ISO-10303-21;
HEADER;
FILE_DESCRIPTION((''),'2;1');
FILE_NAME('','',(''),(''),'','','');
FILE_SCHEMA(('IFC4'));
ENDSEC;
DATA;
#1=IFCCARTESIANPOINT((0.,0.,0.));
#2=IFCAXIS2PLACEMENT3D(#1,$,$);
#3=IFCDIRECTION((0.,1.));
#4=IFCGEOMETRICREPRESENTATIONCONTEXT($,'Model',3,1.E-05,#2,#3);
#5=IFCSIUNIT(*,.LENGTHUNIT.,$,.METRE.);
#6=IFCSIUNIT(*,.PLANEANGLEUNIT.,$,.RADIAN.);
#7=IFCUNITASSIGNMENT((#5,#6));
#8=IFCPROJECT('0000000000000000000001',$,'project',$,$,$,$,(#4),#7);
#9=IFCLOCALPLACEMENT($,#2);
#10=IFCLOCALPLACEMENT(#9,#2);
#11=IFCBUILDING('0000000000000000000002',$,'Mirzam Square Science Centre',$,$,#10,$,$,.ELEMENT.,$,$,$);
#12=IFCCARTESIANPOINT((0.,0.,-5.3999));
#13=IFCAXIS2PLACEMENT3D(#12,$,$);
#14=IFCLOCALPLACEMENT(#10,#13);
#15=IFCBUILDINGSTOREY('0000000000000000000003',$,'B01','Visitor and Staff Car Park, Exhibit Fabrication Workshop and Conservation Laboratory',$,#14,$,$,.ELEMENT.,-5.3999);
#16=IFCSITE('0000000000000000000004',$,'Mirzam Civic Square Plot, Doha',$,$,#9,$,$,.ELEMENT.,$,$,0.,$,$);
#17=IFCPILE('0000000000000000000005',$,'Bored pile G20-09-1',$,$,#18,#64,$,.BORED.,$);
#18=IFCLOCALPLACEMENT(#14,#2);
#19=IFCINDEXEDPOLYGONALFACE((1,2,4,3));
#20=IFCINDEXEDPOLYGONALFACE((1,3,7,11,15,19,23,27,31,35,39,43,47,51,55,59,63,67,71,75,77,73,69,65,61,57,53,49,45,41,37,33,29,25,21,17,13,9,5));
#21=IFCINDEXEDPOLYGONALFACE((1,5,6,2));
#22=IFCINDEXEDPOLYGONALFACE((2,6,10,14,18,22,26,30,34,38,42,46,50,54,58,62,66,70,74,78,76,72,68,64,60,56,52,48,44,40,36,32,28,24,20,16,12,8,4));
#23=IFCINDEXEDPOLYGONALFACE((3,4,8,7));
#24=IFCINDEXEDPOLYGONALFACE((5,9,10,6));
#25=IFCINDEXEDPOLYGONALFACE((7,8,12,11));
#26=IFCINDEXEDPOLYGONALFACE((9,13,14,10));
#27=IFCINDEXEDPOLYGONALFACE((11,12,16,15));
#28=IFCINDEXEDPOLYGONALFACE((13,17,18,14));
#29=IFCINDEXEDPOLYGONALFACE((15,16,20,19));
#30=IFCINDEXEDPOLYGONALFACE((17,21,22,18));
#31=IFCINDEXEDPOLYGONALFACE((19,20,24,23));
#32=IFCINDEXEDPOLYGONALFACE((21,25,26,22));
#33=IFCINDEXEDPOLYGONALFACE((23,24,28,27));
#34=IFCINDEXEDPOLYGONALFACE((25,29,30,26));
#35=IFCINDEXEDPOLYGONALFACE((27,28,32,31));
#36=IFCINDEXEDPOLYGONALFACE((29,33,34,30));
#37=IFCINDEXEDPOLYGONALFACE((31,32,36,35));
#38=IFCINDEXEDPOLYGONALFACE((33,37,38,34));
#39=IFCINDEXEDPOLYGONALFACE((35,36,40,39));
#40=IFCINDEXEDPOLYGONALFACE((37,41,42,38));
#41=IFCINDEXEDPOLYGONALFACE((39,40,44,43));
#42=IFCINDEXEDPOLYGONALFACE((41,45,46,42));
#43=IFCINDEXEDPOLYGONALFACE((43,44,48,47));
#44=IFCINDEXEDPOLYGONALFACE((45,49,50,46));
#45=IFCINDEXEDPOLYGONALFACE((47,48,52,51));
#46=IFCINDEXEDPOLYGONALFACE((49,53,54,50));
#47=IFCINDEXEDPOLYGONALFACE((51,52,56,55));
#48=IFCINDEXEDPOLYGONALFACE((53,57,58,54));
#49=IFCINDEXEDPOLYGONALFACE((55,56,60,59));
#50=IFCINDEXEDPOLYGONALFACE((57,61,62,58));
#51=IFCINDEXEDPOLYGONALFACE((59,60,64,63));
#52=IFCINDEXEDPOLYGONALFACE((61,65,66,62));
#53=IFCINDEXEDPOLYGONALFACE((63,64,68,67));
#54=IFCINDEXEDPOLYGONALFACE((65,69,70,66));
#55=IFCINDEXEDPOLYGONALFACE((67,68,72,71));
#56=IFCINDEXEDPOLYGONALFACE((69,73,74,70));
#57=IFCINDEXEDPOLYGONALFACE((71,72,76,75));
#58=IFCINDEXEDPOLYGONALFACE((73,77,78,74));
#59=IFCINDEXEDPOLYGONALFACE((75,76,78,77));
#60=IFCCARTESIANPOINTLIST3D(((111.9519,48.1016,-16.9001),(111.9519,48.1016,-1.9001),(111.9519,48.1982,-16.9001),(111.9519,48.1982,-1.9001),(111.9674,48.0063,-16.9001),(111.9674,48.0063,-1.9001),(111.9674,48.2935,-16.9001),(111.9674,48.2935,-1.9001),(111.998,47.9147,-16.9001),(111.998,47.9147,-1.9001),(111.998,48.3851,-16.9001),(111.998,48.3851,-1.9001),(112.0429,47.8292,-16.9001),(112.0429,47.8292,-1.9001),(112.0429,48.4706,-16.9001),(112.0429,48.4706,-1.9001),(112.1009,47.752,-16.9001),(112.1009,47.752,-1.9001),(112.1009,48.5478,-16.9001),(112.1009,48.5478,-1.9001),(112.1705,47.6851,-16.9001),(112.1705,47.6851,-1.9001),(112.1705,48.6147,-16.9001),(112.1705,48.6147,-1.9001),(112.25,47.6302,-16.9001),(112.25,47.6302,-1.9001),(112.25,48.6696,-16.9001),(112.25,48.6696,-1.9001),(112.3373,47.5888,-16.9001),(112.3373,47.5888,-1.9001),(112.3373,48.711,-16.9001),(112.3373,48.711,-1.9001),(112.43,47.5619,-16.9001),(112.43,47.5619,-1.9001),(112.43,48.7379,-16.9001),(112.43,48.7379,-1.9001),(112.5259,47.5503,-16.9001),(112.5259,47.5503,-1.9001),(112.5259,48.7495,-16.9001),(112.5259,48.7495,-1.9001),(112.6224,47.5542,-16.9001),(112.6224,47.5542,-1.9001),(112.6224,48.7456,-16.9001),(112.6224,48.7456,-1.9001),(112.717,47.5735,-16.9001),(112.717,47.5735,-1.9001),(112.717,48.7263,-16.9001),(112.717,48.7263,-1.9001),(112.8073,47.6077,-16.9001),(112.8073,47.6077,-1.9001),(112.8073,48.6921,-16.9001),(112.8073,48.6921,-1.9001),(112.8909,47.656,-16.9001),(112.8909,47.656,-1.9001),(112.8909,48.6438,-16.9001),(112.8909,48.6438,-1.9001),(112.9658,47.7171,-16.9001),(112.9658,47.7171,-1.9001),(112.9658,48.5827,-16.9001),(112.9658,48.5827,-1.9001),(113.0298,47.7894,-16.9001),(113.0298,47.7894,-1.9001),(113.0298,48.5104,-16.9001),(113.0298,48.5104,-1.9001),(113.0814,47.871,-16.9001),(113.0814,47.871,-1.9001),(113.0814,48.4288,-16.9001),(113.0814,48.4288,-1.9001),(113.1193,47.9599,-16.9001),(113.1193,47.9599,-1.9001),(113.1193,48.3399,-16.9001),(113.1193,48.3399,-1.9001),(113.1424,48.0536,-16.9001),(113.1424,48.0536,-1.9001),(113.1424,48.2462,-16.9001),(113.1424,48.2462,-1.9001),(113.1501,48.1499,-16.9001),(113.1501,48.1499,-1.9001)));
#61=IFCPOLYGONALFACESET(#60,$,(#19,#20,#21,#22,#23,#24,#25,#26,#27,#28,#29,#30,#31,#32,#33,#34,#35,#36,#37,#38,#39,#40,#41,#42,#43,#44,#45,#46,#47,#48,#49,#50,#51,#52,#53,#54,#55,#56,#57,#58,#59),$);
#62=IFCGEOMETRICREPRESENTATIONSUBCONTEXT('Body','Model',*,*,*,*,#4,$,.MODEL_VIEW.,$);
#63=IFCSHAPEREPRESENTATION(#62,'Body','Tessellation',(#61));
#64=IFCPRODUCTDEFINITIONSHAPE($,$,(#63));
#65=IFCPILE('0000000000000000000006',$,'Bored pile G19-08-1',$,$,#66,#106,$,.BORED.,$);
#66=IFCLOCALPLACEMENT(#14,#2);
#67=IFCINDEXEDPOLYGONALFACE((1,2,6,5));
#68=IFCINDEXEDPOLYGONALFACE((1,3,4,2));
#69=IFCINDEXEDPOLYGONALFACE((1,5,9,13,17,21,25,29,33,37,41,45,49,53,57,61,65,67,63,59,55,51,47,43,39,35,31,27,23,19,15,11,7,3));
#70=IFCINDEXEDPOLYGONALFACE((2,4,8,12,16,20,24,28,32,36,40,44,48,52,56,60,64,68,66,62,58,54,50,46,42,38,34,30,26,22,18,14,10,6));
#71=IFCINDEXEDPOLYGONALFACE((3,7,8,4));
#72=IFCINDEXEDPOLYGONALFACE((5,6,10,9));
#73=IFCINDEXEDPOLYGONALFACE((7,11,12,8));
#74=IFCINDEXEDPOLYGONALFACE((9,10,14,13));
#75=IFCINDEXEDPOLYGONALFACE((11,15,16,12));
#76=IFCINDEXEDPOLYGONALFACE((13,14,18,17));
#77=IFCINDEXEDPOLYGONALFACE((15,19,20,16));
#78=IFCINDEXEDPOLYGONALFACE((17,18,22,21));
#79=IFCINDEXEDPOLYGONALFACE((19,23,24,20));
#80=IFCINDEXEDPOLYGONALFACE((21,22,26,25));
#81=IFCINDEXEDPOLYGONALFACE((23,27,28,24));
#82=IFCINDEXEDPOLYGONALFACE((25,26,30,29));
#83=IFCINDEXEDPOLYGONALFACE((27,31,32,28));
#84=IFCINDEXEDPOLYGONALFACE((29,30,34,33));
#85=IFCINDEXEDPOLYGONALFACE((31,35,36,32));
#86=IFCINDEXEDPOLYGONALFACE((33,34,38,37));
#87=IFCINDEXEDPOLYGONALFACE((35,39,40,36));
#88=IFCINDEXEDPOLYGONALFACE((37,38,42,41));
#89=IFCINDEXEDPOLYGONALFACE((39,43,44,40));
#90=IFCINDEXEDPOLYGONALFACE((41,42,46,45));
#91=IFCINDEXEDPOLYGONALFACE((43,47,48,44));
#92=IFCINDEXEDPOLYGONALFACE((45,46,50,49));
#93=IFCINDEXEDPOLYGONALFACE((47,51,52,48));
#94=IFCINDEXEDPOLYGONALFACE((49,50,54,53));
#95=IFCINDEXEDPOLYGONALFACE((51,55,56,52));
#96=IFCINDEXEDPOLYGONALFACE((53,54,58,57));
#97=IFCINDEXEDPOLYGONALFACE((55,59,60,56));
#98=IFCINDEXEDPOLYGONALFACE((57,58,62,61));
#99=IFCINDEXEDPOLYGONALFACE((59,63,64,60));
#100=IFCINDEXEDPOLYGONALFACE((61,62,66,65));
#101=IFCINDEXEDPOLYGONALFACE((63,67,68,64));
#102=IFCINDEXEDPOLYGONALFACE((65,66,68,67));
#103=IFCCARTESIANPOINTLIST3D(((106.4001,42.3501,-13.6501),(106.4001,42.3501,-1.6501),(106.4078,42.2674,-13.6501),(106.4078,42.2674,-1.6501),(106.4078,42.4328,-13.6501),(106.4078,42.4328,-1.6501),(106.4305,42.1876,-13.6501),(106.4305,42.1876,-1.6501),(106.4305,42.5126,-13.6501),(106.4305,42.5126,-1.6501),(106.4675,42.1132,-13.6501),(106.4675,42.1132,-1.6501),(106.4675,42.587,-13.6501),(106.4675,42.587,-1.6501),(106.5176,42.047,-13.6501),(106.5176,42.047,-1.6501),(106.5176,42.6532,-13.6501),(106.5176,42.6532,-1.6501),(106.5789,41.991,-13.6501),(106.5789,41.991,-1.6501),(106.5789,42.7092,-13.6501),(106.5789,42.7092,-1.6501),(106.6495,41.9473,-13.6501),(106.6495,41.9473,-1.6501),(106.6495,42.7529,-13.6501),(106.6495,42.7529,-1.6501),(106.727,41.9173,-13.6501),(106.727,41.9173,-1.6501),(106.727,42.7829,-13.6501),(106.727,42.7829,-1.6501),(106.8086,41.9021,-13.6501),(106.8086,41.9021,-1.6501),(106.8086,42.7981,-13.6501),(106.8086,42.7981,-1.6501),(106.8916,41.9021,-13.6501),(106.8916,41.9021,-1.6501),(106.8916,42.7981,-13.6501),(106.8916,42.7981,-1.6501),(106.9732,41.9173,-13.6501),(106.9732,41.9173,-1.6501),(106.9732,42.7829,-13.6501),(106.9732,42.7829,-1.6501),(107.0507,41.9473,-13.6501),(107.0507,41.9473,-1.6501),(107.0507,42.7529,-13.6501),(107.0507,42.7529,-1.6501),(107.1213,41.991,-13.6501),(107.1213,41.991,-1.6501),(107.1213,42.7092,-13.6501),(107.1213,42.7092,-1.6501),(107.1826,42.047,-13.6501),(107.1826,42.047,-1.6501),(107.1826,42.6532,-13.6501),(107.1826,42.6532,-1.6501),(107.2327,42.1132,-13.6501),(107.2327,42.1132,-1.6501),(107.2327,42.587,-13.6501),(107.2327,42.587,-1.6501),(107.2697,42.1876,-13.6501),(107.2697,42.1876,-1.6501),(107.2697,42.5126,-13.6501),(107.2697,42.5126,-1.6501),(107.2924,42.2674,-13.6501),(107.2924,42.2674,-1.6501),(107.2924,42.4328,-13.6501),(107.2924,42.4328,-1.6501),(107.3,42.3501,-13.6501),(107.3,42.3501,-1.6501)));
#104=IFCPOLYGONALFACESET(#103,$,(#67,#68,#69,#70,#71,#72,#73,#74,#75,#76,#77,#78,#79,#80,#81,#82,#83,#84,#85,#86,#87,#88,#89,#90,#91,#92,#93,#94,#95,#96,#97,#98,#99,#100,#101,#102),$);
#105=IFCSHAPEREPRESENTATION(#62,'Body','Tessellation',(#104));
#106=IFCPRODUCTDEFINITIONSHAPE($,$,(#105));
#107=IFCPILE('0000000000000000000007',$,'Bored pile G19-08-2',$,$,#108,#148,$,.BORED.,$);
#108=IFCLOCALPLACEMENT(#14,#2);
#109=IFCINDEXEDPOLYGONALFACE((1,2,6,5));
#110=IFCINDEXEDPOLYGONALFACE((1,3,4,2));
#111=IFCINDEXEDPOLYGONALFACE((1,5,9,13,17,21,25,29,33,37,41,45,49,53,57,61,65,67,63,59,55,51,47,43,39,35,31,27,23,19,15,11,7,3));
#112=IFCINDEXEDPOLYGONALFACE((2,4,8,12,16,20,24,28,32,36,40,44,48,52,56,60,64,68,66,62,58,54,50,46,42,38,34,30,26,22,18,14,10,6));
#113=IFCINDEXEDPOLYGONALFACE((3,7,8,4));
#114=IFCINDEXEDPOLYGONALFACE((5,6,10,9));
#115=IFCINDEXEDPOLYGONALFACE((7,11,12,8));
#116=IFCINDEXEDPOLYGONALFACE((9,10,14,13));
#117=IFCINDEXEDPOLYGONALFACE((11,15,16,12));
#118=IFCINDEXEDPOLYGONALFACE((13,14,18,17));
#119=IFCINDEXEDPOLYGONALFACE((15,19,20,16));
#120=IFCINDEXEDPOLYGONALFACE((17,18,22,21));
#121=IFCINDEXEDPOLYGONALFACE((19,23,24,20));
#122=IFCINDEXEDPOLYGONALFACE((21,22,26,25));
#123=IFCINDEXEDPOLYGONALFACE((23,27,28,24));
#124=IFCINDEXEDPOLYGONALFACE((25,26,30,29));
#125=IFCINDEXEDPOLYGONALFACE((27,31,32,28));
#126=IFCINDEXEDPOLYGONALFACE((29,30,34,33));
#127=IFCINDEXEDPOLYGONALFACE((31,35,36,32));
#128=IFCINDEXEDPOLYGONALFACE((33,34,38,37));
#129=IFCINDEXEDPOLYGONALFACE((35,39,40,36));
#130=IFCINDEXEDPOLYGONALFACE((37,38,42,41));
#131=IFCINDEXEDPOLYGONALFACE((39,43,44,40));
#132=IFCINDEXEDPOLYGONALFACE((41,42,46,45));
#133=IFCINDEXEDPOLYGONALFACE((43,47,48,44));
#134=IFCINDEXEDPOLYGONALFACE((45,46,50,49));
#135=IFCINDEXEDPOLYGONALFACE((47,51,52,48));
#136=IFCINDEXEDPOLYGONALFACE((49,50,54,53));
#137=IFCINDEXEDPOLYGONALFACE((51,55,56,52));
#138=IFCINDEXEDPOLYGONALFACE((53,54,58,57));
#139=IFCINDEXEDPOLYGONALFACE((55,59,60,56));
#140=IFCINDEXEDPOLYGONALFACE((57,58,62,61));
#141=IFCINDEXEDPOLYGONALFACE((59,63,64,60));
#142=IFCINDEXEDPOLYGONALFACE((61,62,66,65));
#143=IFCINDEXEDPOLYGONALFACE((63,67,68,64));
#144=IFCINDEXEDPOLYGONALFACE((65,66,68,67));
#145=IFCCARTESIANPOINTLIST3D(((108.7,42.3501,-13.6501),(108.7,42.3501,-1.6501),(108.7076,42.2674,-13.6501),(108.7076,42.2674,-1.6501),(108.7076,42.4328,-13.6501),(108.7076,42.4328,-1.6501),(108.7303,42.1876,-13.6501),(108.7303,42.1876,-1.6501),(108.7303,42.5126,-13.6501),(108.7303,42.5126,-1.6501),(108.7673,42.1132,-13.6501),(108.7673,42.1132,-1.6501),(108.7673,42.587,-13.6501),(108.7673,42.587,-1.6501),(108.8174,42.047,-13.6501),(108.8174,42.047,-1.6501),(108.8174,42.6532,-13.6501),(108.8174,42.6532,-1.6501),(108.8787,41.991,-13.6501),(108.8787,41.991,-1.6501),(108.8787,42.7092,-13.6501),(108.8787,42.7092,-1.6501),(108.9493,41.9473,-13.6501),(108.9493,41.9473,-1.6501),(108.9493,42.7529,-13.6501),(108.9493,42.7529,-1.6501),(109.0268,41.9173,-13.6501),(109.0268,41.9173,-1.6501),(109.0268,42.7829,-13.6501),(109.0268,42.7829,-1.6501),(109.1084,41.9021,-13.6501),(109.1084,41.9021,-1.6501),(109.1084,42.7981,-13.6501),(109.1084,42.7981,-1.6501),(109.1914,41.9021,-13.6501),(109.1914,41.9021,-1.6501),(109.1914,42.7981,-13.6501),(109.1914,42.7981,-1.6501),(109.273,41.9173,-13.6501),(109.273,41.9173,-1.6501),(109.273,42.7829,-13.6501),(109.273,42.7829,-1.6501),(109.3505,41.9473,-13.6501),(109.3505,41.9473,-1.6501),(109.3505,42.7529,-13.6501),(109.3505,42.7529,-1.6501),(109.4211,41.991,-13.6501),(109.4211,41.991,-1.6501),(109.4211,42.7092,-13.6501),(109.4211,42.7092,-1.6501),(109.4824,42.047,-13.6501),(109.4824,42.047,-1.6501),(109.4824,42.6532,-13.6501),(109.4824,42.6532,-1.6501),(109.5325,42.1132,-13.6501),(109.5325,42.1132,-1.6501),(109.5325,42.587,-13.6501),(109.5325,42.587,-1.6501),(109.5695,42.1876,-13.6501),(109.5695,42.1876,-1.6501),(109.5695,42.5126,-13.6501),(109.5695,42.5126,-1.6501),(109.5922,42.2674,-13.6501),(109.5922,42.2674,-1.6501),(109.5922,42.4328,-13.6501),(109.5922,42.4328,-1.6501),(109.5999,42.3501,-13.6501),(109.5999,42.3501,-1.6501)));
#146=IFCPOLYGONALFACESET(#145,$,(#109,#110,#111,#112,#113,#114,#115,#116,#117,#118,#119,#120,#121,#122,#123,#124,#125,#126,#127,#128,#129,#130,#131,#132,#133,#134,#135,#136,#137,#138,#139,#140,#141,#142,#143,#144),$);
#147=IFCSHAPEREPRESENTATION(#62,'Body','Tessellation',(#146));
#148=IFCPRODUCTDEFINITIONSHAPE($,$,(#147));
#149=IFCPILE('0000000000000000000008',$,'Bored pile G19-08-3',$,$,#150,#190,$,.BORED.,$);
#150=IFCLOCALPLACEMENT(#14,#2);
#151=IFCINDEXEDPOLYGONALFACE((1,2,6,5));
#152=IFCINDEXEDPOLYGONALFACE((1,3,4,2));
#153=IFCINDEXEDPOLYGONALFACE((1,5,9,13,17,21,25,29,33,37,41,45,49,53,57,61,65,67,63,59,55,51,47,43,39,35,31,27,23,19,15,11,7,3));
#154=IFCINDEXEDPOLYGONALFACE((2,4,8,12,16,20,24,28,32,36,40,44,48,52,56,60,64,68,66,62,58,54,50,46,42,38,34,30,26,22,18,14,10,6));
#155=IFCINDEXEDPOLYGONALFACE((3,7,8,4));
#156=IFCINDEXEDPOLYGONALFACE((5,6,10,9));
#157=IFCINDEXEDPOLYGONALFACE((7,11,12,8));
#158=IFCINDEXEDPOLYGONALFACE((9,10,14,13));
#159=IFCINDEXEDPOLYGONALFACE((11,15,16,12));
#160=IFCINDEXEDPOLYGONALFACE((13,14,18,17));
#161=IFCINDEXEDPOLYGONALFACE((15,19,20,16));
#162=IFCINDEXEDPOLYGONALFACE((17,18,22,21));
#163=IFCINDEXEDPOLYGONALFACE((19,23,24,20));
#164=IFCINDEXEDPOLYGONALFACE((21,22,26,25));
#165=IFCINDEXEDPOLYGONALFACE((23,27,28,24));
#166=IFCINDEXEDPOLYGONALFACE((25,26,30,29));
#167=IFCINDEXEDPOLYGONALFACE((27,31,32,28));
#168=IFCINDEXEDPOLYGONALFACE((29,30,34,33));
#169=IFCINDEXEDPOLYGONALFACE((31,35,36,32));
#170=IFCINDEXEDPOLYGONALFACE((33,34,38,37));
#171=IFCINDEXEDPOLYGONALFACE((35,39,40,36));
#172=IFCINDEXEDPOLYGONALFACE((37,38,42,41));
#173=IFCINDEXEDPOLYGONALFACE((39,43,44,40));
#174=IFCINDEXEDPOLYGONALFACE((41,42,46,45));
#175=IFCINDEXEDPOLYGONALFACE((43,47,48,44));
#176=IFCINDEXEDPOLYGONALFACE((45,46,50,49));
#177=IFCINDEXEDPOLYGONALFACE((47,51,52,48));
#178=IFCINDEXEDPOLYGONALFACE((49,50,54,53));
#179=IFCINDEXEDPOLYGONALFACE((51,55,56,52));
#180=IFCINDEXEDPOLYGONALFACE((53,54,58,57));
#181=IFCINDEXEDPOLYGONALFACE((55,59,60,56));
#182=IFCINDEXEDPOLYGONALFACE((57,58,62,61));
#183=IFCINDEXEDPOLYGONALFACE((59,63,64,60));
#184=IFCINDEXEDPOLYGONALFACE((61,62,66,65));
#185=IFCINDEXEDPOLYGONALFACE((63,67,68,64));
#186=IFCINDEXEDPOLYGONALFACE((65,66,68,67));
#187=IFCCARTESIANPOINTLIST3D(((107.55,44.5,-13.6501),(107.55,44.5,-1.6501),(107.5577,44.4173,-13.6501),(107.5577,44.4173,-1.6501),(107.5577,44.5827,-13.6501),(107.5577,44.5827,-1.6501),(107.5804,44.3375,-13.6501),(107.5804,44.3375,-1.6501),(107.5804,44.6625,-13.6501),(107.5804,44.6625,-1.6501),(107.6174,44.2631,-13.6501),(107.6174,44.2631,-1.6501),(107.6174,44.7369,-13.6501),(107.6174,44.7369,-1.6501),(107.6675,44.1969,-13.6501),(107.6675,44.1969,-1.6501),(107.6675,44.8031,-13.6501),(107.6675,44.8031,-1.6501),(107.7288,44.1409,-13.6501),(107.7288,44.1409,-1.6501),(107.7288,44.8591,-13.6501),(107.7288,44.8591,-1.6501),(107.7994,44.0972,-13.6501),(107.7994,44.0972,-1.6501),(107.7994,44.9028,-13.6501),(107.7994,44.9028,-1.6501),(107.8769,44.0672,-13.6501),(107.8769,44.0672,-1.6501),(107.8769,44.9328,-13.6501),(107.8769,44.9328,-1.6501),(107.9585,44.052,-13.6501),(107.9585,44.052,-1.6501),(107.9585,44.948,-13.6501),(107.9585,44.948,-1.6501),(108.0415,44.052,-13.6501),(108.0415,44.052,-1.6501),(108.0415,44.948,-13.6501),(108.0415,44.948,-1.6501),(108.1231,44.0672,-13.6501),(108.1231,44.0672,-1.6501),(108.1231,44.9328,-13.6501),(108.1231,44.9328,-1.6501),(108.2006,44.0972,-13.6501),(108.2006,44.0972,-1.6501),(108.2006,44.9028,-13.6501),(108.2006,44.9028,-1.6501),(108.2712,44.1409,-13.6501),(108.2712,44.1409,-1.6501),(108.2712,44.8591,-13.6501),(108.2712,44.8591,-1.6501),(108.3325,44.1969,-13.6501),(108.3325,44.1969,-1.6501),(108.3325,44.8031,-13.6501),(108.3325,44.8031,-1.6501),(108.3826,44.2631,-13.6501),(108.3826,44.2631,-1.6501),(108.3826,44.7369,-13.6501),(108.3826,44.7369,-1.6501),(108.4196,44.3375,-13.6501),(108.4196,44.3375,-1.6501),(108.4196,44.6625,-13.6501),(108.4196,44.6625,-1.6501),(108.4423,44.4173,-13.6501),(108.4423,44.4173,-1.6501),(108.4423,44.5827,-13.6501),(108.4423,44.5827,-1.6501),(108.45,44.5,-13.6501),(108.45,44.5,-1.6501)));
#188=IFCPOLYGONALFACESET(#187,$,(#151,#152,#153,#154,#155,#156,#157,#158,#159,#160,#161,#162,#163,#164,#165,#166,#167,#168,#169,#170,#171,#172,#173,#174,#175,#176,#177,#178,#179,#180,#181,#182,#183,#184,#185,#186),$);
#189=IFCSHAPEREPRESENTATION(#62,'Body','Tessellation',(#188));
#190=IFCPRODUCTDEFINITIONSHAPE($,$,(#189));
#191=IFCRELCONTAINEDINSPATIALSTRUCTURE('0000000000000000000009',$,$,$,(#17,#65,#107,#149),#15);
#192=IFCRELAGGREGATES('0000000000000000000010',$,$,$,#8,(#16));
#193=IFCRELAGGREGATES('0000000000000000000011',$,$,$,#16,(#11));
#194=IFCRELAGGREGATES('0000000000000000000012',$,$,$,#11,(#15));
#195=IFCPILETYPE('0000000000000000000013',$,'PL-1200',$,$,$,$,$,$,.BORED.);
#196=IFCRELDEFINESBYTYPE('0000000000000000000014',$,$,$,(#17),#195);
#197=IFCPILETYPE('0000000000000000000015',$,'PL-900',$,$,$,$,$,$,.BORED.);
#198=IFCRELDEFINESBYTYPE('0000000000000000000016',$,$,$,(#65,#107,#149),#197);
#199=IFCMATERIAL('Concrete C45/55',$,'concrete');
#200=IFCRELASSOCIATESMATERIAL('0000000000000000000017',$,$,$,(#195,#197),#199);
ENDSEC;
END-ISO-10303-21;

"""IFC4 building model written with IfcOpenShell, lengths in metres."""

from ifc_helpers import new_model, si_unit, direction, frame, origin, origin_2d, place, context, subcontext, project, spatial, circle, extrude, material, material_profile, profile_set, type_object, element, save


model = new_model("IFC4")

# Units and contexts
model_context = context("Model", 3, precision=1e-05, world=origin(), true_north=direction((0.0, 1.0)))
body_context = subcontext(model_context, "Body", "Model", "MODEL_VIEW")
ifc_project = project(units=[si_unit("LENGTHUNIT", "METRE"), si_unit("PLANEANGLEUNIT", "RADIAN")], contexts=[model_context])

# Site, building, storey
site_placement = place(None, origin())
site = spatial("IfcSite", under=ifc_project, at=site_placement, Name="Mirzam Civic Square Plot, Doha", CompositionType="ELEMENT", RefElevation=0.0)
building_placement = place(site_placement, origin())
building = spatial("IfcBuilding", under=site, at=building_placement, Name="Mirzam Square Science Centre", CompositionType="ELEMENT")
storey_placement = place(building_placement, frame((0.0, 0.0, -5.3999)))
storey = spatial("IfcBuildingStorey", under=building, at=storey_placement, Name="B01", Description="Visitor and Staff Car Park, Exhibit Fabrication Workshop and Conservation Laboratory", CompositionType="ELEMENT", Elevation=-5.3999)

# Shared definitions
ifc_material_1 = material(Name="Concrete C45/55", Category="concrete")

# Piles
ifc_material_profile_1 = material_profile(ifc_material_1, circle(Radius=0.6001, at=origin_2d()), Name="PILE-D1200")
ifc_profile_set_1 = profile_set([ifc_material_profile_1], Name="Concrete C45/55")
pile_type_1 = type_object("IfcPileType", Name="PL-1200", PredefinedType="BORED", material=ifc_profile_set_1)
for number, where, z_axis, x_axis, name in (
    (1, (112.55, 48.1499, -1.9001), (0.0, 0.0, -1.0), (1.0, 0.0, 0.0), "Bored pile G20-09-1"),
):
    element("IfcPile", number, at=place(storey_placement, frame(where, z_axis=z_axis, x_axis=x_axis)), inside=storey, type_object=pile_type_1, Name=name, PredefinedType="BORED", context=body_context, shape_type="SweptSolid", body=[
        extrude(circle(Radius=0.6001, at=origin_2d()), origin(), (0.0, 0.0, 1.0), 15.0),
    ])
ifc_material_profile_2 = material_profile(ifc_material_1, circle(Radius=0.45, at=origin_2d()), Name="PILE-D900")
ifc_profile_set_2 = profile_set([ifc_material_profile_2], Name="Concrete C45/55")
pile_type_2 = type_object("IfcPileType", Name="PL-900", PredefinedType="BORED", material=ifc_profile_set_2)
for number, where, z_axis, x_axis, name in (
    (2, (106.8501, 42.3501, -1.6501), (0.0, 0.0, -1.0), (1.0, 0.0, 0.0), "Bored pile G19-08-1"),
    (3, (109.1499, 42.3501, -1.6501), (0.0, 0.0, -1.0), (1.0, 0.0, 0.0), "Bored pile G19-08-2"),
    (4, (108.0, 44.5, -1.6501), (0.0, 0.0, -1.0), (1.0, 0.0, 0.0), "Bored pile G19-08-3"),
):
    element("IfcPile", number, at=place(storey_placement, frame(where, z_axis=z_axis, x_axis=x_axis)), inside=storey, type_object=pile_type_2, Name=name, PredefinedType="BORED", context=body_context, shape_type="SweptSolid", body=[
        extrude(circle(Radius=0.45, at=origin_2d()), origin(), (0.0, 0.0, 1.0), 12.0),
    ])

save(model, "model.ifc")
